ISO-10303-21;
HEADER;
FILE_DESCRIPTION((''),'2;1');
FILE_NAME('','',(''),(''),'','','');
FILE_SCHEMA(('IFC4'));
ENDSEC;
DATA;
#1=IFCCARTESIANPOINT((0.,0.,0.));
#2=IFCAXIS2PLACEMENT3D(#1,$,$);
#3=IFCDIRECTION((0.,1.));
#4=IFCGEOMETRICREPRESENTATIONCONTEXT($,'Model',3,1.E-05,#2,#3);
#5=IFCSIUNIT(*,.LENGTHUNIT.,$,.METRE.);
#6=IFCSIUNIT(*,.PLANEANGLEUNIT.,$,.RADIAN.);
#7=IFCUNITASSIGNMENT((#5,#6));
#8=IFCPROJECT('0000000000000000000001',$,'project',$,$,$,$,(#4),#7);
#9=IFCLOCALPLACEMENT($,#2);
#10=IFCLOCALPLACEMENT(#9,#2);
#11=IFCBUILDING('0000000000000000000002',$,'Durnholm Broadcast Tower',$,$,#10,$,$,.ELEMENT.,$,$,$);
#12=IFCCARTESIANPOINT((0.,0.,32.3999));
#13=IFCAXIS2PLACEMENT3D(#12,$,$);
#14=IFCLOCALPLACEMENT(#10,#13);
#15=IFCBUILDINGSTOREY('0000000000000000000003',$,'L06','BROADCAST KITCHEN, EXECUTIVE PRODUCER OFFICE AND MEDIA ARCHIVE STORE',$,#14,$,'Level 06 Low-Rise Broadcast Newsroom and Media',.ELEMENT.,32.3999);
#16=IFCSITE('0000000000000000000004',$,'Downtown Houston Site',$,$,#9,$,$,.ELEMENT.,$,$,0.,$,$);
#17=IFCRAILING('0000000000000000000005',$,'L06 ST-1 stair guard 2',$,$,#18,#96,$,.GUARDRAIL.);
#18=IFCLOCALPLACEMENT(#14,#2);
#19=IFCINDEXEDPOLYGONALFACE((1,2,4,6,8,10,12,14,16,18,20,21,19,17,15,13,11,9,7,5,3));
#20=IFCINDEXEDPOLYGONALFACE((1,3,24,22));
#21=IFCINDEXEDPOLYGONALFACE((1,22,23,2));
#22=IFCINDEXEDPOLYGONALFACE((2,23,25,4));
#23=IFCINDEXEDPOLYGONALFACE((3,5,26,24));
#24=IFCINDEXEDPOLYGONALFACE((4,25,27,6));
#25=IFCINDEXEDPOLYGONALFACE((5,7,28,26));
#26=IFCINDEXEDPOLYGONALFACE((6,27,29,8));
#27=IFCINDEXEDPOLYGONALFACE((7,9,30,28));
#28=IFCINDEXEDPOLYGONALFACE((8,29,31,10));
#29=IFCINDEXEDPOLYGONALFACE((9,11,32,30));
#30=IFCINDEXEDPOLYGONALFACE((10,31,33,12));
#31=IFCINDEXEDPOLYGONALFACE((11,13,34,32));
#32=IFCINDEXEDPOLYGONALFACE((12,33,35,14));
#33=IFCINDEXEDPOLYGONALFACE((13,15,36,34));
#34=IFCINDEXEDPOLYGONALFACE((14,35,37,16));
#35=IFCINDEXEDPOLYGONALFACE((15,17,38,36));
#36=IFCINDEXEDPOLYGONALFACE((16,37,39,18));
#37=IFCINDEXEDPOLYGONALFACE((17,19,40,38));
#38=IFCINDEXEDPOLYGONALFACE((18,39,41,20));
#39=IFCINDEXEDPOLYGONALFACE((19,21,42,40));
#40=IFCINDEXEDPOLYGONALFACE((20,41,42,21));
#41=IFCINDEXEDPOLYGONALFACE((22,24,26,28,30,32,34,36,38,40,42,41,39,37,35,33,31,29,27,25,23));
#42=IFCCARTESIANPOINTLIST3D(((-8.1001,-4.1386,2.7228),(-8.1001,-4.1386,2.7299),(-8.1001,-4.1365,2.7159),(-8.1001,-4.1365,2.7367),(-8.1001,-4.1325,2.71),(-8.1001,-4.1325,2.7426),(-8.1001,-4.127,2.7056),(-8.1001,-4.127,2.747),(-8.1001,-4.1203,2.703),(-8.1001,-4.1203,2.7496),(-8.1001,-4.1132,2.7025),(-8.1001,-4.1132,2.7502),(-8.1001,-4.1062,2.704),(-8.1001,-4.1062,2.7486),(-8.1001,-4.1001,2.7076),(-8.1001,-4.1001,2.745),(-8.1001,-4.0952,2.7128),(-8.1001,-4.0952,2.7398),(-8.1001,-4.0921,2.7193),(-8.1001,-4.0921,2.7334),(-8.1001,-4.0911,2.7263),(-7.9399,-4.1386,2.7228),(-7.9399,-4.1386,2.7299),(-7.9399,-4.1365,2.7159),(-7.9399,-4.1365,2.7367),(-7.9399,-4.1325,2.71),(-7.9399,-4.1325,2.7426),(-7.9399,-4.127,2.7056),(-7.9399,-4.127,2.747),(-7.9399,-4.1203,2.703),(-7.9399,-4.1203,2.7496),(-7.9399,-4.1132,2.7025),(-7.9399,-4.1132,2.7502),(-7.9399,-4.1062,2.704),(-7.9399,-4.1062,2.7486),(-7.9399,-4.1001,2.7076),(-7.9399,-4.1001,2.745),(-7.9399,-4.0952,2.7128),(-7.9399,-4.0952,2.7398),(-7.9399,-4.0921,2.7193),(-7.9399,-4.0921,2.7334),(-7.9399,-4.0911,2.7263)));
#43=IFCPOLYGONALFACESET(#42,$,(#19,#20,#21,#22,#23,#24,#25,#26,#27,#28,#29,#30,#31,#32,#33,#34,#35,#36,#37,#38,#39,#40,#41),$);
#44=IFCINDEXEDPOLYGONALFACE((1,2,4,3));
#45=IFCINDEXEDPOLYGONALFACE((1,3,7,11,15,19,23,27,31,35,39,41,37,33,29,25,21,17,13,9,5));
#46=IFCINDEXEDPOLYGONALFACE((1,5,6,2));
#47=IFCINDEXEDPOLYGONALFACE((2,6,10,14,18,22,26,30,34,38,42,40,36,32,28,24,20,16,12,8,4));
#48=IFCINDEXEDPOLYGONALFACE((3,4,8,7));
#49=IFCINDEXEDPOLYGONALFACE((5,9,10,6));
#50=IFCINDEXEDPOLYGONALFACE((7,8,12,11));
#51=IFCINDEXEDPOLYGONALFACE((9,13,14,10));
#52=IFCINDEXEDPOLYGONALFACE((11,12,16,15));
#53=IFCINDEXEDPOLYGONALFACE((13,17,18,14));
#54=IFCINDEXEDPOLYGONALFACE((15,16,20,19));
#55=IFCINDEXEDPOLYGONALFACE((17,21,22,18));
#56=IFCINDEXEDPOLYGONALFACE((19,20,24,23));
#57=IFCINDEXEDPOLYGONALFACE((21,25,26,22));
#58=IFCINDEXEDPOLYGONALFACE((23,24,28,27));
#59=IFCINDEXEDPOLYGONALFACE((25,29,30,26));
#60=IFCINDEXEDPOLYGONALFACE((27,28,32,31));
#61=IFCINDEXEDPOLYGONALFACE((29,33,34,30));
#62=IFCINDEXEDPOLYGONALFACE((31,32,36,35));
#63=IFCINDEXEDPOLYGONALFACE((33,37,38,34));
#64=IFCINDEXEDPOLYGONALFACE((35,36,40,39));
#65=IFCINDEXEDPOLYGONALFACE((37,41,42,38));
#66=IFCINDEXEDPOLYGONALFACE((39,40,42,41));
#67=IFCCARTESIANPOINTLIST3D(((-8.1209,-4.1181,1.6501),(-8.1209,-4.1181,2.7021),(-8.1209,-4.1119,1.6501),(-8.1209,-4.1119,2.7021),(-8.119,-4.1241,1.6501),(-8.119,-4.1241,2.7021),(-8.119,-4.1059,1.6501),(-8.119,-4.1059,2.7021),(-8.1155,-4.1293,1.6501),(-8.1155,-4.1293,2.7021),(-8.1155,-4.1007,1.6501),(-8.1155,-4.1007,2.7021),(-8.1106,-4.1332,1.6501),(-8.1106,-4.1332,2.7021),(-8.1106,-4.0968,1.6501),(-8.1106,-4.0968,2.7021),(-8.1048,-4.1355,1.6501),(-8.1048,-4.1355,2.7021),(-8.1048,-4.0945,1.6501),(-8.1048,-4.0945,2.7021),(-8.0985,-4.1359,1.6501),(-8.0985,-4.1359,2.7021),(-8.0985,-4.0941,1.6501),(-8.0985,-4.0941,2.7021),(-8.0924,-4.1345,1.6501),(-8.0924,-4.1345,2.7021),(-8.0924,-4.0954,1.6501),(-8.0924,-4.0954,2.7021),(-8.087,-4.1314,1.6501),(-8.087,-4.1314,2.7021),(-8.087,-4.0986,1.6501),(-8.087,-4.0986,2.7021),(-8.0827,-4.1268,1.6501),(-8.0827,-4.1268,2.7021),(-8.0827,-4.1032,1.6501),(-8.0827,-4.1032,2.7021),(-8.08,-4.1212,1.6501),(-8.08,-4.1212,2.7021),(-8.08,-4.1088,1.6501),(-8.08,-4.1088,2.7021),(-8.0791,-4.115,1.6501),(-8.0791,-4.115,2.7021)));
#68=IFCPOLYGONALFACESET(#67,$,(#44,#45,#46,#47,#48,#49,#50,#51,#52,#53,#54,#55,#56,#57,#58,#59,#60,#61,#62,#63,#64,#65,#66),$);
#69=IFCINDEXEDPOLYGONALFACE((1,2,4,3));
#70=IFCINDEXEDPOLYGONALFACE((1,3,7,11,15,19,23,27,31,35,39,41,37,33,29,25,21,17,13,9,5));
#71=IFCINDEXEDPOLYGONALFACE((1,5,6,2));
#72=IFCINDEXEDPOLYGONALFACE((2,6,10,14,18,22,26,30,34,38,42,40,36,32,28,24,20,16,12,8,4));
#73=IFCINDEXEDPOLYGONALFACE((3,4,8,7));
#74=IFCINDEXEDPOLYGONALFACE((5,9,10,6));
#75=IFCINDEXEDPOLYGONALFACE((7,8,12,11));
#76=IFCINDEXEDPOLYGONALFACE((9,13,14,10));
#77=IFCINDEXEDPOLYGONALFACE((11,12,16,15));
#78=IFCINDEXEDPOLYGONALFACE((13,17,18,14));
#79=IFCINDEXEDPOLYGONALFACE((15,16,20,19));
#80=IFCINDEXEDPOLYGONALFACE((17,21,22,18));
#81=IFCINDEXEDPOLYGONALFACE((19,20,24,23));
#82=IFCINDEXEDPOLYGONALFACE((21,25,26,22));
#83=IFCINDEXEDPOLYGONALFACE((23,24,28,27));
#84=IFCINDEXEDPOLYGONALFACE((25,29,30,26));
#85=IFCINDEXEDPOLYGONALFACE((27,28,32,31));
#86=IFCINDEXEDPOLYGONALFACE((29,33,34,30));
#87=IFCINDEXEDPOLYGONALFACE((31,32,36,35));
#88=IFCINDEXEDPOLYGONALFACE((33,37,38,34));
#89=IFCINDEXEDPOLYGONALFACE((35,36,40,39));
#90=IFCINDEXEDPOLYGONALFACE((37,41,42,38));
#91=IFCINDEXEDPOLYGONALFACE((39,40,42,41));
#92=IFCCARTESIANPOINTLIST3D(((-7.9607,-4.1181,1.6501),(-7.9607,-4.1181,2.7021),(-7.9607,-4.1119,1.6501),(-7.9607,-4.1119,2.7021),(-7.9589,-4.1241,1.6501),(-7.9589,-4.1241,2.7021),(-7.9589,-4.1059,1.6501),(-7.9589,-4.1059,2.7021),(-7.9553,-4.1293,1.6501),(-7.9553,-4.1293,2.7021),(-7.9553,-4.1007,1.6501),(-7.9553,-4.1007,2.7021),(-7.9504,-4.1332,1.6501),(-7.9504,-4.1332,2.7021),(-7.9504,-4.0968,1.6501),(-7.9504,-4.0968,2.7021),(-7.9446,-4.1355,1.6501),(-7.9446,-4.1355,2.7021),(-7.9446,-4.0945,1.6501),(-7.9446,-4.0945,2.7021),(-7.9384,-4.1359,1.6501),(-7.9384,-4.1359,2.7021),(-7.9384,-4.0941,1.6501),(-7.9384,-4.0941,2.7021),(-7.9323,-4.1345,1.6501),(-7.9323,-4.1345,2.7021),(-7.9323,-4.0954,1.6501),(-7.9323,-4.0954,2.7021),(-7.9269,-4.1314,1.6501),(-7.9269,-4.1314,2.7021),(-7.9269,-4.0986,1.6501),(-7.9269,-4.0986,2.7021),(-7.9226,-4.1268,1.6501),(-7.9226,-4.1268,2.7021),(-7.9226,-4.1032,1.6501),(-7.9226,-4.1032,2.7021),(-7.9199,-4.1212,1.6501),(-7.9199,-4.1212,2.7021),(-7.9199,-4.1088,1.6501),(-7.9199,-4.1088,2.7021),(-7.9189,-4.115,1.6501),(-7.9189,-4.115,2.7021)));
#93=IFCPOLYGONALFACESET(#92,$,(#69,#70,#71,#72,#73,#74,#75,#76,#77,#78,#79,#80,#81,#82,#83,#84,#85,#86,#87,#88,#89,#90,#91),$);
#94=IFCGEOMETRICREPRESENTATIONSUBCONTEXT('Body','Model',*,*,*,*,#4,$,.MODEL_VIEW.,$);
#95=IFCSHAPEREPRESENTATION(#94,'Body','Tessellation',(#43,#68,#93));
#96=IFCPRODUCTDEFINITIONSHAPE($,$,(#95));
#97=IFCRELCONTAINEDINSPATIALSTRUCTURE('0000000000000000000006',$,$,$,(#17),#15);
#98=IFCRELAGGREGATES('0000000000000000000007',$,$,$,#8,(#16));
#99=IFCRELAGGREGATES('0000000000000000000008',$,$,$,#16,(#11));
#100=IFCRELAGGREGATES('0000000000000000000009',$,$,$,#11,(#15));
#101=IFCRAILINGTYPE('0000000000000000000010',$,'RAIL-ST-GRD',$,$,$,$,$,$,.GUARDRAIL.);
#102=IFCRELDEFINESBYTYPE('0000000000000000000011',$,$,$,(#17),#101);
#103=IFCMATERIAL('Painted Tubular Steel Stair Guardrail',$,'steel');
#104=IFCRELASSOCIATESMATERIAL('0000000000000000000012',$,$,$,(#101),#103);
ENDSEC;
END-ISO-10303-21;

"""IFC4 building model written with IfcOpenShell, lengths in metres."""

from ifc_helpers import new_model, si_unit, direction, frame, origin, origin_2d, place, context, subcontext, project, spatial, circle, extrude, material, type_object, element, save


model = new_model("IFC4")

# Units and contexts
model_context = context("Model", 3, precision=1e-05, world=origin(), true_north=direction((0.0, 1.0)))
body_context = subcontext(model_context, "Body", "Model", "MODEL_VIEW")
ifc_project = project(units=[si_unit("LENGTHUNIT", "METRE"), si_unit("PLANEANGLEUNIT", "RADIAN")], contexts=[model_context])

# Site, building, storey
site_placement = place(None, origin())
site = spatial("IfcSite", under=ifc_project, at=site_placement, Name="Downtown Houston Site", CompositionType="ELEMENT", RefElevation=0.0)
building_placement = place(site_placement, origin())
building = spatial("IfcBuilding", under=site, at=building_placement, Name="Durnholm Broadcast Tower", CompositionType="ELEMENT")
storey_placement = place(building_placement, frame((0.0, 0.0, 32.3999)))
storey = spatial("IfcBuildingStorey", under=building, at=storey_placement, Name="L06", Description="BROADCAST KITCHEN, EXECUTIVE PRODUCER OFFICE AND MEDIA ARCHIVE STORE", LongName="Level 06 Low-Rise Broadcast Newsroom and Media", CompositionType="ELEMENT", Elevation=32.3999)

# Railing
ifc_material_1 = material(Name="Painted Tubular Steel Stair Guardrail", Category="steel")
railing_type_1 = type_object("IfcRailingType", Name="RAIL-ST-GRD", PredefinedType="GUARDRAIL", material=ifc_material_1)
railing_1_placement = place(storey_placement, frame((-8.1001, -4.115, 1.6501)))
element("IfcRailing", 1, at=railing_1_placement, inside=storey, type_object=railing_type_1, Name="L06 ST-1 stair guard 2", PredefinedType="GUARDRAIL", context=body_context, shape_type="SweptSolid", body=[
    extrude(circle(Radius=0.0239, at=origin_2d()), frame((0.0, 0.0, 1.0762), z_axis=(1.0, 0.0, 0.0), x_axis=(0.0, 1.0, 0.0)), (0.0, 0.0, 1.0), 0.1602),
    extrude(circle(Radius=0.021, at=origin_2d()), origin(), (0.0, 0.0, 1.0), 1.052),
    extrude(circle(Radius=0.021, at=origin_2d()), frame((0.1602, 0.0, 0.0)), (0.0, 0.0, 1.0), 1.052),
])

save(model, "model.ifc")
